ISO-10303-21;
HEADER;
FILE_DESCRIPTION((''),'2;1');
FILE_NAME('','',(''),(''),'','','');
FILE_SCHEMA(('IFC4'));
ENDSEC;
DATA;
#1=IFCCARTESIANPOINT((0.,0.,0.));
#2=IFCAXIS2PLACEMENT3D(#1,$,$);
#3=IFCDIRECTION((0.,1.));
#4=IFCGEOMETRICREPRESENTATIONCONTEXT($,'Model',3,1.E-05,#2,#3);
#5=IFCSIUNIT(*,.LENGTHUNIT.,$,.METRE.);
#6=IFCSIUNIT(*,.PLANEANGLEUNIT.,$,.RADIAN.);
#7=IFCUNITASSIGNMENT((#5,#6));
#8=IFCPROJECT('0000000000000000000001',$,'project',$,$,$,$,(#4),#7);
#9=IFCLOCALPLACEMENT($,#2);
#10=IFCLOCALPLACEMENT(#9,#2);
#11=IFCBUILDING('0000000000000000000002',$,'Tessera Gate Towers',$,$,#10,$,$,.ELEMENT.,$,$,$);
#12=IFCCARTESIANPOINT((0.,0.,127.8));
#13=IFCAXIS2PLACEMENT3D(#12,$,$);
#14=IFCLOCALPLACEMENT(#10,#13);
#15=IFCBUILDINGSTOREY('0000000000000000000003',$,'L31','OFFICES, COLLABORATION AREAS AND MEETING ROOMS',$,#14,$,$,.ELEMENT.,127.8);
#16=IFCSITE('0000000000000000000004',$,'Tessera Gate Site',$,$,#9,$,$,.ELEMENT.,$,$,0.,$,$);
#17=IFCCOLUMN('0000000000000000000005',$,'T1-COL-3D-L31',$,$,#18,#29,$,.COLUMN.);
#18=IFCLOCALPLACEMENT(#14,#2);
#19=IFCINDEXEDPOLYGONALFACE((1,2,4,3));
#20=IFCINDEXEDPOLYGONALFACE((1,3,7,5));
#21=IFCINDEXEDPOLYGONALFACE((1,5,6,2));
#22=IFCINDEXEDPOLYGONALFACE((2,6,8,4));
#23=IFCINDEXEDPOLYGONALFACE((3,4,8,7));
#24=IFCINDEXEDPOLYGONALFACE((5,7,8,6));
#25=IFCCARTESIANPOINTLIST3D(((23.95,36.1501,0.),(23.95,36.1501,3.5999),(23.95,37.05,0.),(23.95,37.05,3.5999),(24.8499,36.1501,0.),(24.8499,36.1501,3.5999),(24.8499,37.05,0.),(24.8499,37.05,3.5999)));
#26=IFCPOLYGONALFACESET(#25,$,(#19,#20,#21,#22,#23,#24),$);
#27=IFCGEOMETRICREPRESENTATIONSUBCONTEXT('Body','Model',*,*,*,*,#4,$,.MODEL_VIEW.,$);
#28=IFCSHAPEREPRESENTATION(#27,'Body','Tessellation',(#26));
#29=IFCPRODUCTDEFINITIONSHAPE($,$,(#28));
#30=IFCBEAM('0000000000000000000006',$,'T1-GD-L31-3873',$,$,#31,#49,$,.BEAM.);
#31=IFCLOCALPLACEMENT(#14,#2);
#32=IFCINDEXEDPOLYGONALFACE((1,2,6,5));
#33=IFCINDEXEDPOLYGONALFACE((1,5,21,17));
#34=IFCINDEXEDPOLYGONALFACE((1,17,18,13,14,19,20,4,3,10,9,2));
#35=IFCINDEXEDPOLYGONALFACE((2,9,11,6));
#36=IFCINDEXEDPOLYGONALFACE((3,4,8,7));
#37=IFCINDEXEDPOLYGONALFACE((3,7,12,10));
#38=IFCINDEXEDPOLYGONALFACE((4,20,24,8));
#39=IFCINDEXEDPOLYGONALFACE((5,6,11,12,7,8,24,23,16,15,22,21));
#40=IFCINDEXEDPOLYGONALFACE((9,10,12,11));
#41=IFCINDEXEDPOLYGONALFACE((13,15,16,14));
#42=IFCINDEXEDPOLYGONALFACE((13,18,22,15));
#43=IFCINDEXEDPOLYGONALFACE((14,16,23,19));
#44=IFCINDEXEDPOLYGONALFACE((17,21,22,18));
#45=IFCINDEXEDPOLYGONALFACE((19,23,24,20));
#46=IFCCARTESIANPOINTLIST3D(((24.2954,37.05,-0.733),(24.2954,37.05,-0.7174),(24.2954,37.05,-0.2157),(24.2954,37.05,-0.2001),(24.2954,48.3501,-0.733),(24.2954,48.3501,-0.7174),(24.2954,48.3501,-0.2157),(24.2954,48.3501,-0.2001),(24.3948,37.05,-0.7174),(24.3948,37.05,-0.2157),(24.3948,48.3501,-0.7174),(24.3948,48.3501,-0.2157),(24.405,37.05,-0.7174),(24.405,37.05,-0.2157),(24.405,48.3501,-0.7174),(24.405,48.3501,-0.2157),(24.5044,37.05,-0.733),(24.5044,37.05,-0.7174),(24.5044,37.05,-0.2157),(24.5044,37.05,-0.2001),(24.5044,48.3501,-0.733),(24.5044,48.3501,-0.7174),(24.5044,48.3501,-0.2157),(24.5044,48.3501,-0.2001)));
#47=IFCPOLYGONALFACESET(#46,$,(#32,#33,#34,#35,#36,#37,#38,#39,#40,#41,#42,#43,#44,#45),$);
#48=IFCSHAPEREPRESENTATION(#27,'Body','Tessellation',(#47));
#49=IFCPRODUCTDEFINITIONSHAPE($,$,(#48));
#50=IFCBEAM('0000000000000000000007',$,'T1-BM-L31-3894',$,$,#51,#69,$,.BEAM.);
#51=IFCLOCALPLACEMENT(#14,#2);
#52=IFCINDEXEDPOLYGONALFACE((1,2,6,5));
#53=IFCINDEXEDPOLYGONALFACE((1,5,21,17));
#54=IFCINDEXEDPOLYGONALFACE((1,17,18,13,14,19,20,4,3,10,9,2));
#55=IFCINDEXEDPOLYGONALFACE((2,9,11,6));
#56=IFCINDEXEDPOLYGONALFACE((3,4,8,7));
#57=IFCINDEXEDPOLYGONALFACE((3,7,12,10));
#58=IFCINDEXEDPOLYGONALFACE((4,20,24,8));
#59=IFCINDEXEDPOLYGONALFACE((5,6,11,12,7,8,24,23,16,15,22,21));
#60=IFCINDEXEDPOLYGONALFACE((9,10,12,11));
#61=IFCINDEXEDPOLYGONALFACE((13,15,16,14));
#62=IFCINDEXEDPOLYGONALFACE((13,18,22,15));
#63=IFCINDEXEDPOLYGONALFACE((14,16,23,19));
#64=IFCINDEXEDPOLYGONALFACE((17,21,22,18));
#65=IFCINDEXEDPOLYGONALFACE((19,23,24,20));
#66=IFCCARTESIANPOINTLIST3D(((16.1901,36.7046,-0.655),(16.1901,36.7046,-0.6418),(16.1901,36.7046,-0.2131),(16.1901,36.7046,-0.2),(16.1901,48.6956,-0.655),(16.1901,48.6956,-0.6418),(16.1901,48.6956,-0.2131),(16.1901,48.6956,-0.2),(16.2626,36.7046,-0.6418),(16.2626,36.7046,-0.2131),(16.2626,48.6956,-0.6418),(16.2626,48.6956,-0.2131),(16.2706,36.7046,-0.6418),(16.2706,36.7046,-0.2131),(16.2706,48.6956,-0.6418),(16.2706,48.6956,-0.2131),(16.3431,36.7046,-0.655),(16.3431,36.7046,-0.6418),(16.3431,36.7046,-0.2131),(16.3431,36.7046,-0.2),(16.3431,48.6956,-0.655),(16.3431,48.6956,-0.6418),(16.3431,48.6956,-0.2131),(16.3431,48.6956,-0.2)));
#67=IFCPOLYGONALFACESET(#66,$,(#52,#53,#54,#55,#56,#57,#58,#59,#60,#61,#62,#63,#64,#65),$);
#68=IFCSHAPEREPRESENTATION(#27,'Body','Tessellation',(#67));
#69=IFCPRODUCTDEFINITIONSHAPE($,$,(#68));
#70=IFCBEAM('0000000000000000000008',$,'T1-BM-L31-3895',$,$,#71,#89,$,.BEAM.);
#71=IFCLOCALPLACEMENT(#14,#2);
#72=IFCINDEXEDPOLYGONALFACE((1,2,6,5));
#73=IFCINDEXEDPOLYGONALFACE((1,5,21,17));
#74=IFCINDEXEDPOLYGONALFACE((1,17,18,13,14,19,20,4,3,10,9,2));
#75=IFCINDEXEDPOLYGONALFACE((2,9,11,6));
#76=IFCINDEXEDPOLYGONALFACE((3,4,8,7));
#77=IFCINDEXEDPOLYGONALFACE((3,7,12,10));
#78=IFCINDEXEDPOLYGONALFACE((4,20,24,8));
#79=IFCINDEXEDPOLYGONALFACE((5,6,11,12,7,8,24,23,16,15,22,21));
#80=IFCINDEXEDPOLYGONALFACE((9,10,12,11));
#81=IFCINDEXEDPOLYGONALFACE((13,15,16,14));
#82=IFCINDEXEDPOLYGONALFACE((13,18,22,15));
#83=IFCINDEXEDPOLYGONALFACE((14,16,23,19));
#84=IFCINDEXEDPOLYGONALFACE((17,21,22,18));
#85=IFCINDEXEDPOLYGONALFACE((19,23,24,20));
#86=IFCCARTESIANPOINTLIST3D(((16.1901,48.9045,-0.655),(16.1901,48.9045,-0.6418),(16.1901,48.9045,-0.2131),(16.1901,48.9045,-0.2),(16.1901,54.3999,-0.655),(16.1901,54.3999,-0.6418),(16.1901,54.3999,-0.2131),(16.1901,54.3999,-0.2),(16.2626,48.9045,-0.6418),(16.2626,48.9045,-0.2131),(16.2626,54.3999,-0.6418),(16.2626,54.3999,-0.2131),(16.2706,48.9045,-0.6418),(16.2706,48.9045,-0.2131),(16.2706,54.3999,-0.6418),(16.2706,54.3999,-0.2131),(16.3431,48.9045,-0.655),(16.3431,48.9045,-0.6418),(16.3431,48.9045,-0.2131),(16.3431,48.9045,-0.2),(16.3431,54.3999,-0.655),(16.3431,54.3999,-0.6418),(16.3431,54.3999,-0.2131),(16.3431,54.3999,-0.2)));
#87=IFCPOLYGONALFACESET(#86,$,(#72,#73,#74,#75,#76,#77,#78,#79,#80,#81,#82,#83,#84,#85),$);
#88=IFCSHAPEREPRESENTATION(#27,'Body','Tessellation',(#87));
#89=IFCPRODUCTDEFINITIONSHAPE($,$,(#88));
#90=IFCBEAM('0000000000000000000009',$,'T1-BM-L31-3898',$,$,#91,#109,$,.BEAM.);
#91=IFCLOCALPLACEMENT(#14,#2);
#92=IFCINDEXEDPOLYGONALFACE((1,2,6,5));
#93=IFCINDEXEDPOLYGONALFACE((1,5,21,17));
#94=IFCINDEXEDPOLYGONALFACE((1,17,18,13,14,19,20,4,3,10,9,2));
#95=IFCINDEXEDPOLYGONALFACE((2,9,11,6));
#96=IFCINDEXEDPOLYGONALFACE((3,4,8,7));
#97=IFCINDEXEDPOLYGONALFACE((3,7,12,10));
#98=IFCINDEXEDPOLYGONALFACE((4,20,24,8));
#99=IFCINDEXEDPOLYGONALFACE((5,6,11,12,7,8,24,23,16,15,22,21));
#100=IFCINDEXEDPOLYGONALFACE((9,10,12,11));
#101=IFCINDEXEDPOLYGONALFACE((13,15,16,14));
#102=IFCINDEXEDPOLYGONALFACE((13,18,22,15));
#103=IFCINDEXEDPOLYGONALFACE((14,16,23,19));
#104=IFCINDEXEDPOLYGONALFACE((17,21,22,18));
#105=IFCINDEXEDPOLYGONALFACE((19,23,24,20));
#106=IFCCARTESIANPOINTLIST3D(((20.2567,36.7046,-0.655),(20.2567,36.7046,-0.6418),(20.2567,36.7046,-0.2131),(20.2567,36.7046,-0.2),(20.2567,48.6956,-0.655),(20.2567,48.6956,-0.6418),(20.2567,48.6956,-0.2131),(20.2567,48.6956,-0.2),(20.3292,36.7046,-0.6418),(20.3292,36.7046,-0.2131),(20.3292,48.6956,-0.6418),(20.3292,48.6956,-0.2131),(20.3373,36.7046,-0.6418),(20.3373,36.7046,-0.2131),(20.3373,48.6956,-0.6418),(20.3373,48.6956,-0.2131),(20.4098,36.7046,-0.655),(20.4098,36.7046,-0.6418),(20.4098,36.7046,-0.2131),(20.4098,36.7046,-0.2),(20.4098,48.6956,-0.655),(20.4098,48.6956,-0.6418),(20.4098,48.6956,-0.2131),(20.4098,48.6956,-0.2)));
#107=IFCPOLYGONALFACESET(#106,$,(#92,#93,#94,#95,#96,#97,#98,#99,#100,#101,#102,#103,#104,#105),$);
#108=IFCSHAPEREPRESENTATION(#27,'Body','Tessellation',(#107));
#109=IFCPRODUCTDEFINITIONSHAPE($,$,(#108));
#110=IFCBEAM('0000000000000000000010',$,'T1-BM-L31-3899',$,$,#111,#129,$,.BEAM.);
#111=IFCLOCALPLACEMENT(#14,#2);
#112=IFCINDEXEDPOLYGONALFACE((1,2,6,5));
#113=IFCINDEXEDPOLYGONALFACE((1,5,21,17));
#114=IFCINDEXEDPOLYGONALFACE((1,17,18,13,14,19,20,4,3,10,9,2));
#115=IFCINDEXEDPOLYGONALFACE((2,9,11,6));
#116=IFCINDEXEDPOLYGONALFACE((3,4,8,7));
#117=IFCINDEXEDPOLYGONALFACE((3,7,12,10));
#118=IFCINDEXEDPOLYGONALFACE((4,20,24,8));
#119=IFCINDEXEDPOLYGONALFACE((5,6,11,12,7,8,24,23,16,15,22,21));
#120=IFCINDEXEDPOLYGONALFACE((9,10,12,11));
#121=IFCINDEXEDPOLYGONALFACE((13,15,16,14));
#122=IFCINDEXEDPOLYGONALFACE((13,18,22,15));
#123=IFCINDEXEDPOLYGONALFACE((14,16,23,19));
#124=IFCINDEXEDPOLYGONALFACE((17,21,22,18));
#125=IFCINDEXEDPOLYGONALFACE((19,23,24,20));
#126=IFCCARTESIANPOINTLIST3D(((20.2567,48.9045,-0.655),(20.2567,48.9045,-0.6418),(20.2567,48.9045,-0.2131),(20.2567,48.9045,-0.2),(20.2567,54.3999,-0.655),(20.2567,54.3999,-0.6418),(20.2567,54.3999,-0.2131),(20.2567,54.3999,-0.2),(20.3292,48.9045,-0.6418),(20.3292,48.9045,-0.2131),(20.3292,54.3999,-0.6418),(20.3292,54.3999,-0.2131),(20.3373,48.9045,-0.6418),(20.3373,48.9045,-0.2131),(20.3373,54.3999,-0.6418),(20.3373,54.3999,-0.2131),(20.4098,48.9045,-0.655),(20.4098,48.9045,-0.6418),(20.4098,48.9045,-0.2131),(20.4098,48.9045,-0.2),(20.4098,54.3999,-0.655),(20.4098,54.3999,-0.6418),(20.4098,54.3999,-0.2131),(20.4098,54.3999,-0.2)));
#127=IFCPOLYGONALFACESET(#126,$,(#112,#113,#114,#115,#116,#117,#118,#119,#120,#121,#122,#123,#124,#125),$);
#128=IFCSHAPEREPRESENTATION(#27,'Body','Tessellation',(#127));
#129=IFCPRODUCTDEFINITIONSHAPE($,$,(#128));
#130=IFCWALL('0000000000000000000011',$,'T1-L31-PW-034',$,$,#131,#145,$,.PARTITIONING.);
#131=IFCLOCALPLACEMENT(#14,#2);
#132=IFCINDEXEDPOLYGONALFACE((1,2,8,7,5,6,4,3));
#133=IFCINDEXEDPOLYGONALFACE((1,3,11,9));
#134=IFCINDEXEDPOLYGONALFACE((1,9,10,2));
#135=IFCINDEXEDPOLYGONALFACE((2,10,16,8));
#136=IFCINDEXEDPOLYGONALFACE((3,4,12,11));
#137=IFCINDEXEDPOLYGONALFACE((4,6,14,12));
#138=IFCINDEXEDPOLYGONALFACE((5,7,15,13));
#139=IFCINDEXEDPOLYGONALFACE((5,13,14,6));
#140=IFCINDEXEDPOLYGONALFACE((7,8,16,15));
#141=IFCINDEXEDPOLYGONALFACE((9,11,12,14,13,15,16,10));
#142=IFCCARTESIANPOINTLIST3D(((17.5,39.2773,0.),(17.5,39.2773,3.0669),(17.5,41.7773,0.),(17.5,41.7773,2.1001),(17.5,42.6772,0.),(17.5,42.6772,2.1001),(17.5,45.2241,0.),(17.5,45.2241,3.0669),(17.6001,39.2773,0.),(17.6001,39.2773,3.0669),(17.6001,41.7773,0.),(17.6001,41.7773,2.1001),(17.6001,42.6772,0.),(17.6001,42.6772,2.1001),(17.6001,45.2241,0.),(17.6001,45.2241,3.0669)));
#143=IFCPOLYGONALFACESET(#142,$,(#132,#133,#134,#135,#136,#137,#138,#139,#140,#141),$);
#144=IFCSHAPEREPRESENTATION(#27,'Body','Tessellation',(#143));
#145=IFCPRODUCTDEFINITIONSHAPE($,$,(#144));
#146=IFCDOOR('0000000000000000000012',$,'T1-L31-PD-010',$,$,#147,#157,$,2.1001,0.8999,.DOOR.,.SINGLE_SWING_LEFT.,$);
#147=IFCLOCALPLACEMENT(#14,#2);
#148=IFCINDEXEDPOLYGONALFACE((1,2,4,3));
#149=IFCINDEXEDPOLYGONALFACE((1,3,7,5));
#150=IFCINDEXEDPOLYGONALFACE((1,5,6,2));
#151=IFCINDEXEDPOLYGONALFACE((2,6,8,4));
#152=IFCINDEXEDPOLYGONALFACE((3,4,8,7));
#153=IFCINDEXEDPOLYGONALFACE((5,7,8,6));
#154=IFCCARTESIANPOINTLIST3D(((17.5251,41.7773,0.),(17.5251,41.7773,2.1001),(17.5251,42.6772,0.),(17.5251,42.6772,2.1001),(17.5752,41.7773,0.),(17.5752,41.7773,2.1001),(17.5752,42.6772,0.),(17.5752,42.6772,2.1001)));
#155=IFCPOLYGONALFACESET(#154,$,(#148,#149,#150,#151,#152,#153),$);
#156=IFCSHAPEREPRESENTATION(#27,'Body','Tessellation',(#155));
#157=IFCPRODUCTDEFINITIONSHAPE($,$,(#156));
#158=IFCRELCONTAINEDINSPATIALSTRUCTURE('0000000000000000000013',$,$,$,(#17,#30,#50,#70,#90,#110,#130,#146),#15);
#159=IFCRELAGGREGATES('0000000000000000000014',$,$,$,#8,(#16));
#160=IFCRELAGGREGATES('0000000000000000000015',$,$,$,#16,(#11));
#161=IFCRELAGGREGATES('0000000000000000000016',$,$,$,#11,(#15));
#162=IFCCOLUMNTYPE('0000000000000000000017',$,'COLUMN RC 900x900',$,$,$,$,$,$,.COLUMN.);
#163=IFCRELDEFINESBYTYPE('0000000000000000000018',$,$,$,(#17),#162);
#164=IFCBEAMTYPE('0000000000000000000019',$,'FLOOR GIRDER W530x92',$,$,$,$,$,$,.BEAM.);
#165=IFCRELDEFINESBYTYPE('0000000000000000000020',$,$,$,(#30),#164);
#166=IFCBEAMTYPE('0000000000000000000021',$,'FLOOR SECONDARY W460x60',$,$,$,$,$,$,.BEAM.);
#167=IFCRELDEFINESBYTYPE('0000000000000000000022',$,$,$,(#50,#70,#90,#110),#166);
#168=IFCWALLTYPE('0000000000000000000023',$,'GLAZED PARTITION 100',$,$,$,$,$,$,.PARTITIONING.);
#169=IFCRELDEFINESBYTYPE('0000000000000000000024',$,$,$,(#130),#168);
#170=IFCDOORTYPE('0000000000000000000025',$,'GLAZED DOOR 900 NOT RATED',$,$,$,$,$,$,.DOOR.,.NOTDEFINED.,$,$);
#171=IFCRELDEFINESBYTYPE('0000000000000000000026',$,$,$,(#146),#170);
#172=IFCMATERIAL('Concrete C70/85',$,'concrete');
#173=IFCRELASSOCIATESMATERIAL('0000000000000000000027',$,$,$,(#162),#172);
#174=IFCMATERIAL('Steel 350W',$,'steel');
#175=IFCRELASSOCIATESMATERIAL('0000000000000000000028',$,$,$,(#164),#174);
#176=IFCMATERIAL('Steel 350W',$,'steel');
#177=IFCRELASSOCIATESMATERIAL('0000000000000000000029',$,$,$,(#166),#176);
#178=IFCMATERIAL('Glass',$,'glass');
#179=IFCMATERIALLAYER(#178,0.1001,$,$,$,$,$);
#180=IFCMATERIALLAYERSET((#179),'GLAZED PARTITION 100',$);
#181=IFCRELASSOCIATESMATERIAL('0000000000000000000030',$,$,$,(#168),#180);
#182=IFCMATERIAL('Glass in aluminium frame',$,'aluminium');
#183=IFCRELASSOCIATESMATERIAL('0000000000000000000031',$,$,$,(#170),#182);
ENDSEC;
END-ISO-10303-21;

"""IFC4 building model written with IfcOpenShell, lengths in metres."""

from ifc_helpers import new_model, si_unit, direction, frame, frame_2d, origin, origin_2d, place, context, subcontext, project, spatial, rectangle, i_section, extrude, source, transform, mapped, material, layer, layer_set, material_profile, profile_set, type_object, element, fill, save


model = new_model("IFC4")

# Units and contexts
model_context = context("Model", 3, precision=1e-05, world=origin(), true_north=direction((0.0, 1.0)))
body_context = subcontext(model_context, "Body", "Model", "MODEL_VIEW")
ifc_project = project(units=[si_unit("LENGTHUNIT", "METRE"), si_unit("PLANEANGLEUNIT", "RADIAN")], contexts=[model_context])

# Site, building, storey
site_placement = place(None, origin())
site = spatial("IfcSite", under=ifc_project, at=site_placement, Name="Tessera Gate Site", CompositionType="ELEMENT", RefElevation=0.0)
building_placement = place(site_placement, origin())
building = spatial("IfcBuilding", under=site, at=building_placement, Name="Tessera Gate Towers", CompositionType="ELEMENT")
storey_placement = place(building_placement, frame((0.0, 0.0, 127.8)))
storey = spatial("IfcBuildingStorey", under=building, at=storey_placement, Name="L31", Description="OFFICES, COLLABORATION AREAS AND MEETING ROOMS", CompositionType="ELEMENT", Elevation=127.8)

# Column
ifc_material_1 = material(Name="Concrete C70/85", Category="concrete")
ifc_material_profile_1 = material_profile(ifc_material_1, rectangle(XDim=0.8999, YDim=0.8999, at=origin_2d()), Name="RC 900x900")
ifc_profile_set_1 = profile_set([ifc_material_profile_1], Name="Concrete C70/85")
column_type = type_object("IfcColumnType", Name="COLUMN RC 900x900", PredefinedType="COLUMN", material=ifc_profile_set_1)
column_placement = place(storey_placement, frame((24.3999, 36.6001, 0.0), z_axis=(0.0, 0.0, 1.0), x_axis=(1.0, 0.0, 0.0)))
element("IfcColumn", 1, at=column_placement, inside=storey, type_object=column_type, Name="T1-COL-3D-L31", PredefinedType="COLUMN", context=body_context, shape_type="SweptSolid", body=[
    extrude(rectangle(XDim=0.8999, YDim=0.8999, at=origin_2d()), origin(), (0.0, 0.0, 1.0), 3.5999),
])

# Beams
ifc_material_2 = material(Name="Steel 350W", Category="steel")
ifc_material_profile_2 = material_profile(ifc_material_2, i_section(OverallWidth=0.209, OverallDepth=0.533, WebThickness=0.0103, FlangeThickness=0.0156, at=origin_2d()), Name="W530x92")
ifc_profile_set_2 = profile_set([ifc_material_profile_2], Name="Steel 350W")
beam_type_1 = type_object("IfcBeamType", Name="FLOOR GIRDER W530x92", PredefinedType="BEAM", material=ifc_profile_set_2)
beam_1_placement = place(storey_placement, frame((24.3999, 37.05, -0.4666), z_axis=(0.0, 1.0, 0.0), x_axis=(-1.0, 0.0, 0.0)))
element("IfcBeam", 2, at=beam_1_placement, inside=storey, type_object=beam_type_1, Name="T1-GD-L31-3873", PredefinedType="BEAM", context=body_context, shape_type="SweptSolid", body=[
    extrude(i_section(OverallWidth=0.209, OverallDepth=0.533, WebThickness=0.0103, FlangeThickness=0.0156, at=origin_2d()), origin(), (0.0, 0.0, 1.0), 11.3),
])
ifc_material_3 = material(Name="Steel 350W", Category="steel")
ifc_material_profile_3 = material_profile(ifc_material_3, i_section(OverallWidth=0.1531, OverallDepth=0.4551, WebThickness=0.0081, FlangeThickness=0.0132, at=origin_2d()), Name="W460x60")
ifc_profile_set_3 = profile_set([ifc_material_profile_3], Name="Steel 350W")
beam_type_2 = type_object("IfcBeamType", Name="FLOOR SECONDARY W460x60", PredefinedType="BEAM", material=ifc_profile_set_3)
beam_2_placement = place(storey_placement, frame((16.2666, 36.7046, -0.4275), z_axis=(0.0, 1.0, 0.0), x_axis=(-1.0, 0.0, 0.0)))
element("IfcBeam", 3, at=beam_2_placement, inside=storey, type_object=beam_type_2, Name="T1-BM-L31-3894", PredefinedType="BEAM", context=body_context, shape_type="SweptSolid", body=[
    extrude(i_section(OverallWidth=0.1531, OverallDepth=0.4551, WebThickness=0.0081, FlangeThickness=0.0132, at=origin_2d()), origin(), (0.0, 0.0, 1.0), 11.991),
])
beam_3_placement = place(storey_placement, frame((16.2666, 48.9045, -0.4275), z_axis=(0.0, 1.0, 0.0), x_axis=(-1.0, 0.0, 0.0)))
element("IfcBeam", 4, at=beam_3_placement, inside=storey, type_object=beam_type_2, Name="T1-BM-L31-3895", PredefinedType="BEAM", context=body_context, shape_type="SweptSolid", body=[
    extrude(i_section(OverallWidth=0.1531, OverallDepth=0.4551, WebThickness=0.0081, FlangeThickness=0.0132, at=origin_2d()), origin(), (0.0, 0.0, 1.0), 5.4954),
])
beam_4_placement = place(storey_placement, frame((20.3333, 36.7046, -0.4275), z_axis=(0.0, 1.0, 0.0), x_axis=(-1.0, 0.0, 0.0)))
element("IfcBeam", 5, at=beam_4_placement, inside=storey, type_object=beam_type_2, Name="T1-BM-L31-3898", PredefinedType="BEAM", context=body_context, shape_type="SweptSolid", body=[
    extrude(i_section(OverallWidth=0.1531, OverallDepth=0.4551, WebThickness=0.0081, FlangeThickness=0.0132, at=origin_2d()), origin(), (0.0, 0.0, 1.0), 11.991),
])
beam_5_placement = place(storey_placement, frame((20.3333, 48.9045, -0.4275), z_axis=(0.0, 1.0, 0.0), x_axis=(-1.0, 0.0, 0.0)))
element("IfcBeam", 6, at=beam_5_placement, inside=storey, type_object=beam_type_2, Name="T1-BM-L31-3899", PredefinedType="BEAM", context=body_context, shape_type="SweptSolid", body=[
    extrude(i_section(OverallWidth=0.1531, OverallDepth=0.4551, WebThickness=0.0081, FlangeThickness=0.0132, at=origin_2d()), origin(), (0.0, 0.0, 1.0), 5.4954),
])

# Wall, opening, door
ifc_material_4 = material(Name="Glass", Category="glass")
ifc_layer_1 = layer(ifc_material_4, 0.1001)
ifc_layer_set_1 = layer_set([ifc_layer_1], Name="GLAZED PARTITION 100")
wall_type_1 = type_object("IfcWallType", Name="GLAZED PARTITION 100", PredefinedType="PARTITIONING", material=ifc_layer_set_1)
wall_1_placement = place(storey_placement, frame((17.55, 39.2773, 0.0), z_axis=(0.0, 0.0, 1.0), x_axis=(0.0, 1.0, 0.0)))
wall_1 = element("IfcWall", 7, at=wall_1_placement, inside=storey, type_object=wall_type_1, Name="T1-L31-PW-034", PredefinedType="PARTITIONING", context=body_context, shape_type="SweptSolid", body=[
    extrude(rectangle(XDim=5.9468, YDim=0.1001, at=frame_2d((2.9734, 0.0))), origin(), (0.0, 0.0, 1.0), 3.0669),
])
shared_shape_1 = source(origin(), body_context, "Body", "SweptSolid", [
    extrude(rectangle(XDim=0.8999, YDim=2.1001, at=frame_2d((0.45, 1.05))), frame((0.0, 0.0601, 0.0), z_axis=(0.0, -1.0, 0.0), x_axis=(1.0, 0.0, 0.0)), (0.0, 0.0, 1.0), 0.1201),
])
opening_1_placement = place(wall_1_placement, frame((2.5, 0.0, 0.0)))
opening_1 = element("IfcOpeningElement", 8, at=opening_1_placement, cuts=wall_1, PredefinedType="OPENING", context=body_context, shape_type="MappedRepresentation", body=[
    mapped(shared_shape_1, transform((0.0, 0.0, 0.0), scale=1.0)),
])
ifc_material_5 = material(Name="Glass in aluminium frame", Category="aluminium")
door_type_1 = type_object("IfcDoorType", Name="GLAZED DOOR 900 NOT RATED", OperationType="NOTDEFINED", PredefinedType="DOOR", material=ifc_material_5)
shared_shape_2 = source(origin(), body_context, "Body", "SweptSolid", [
    extrude(rectangle(XDim=0.8999, YDim=2.1001, at=frame_2d((0.45, 1.05))), frame((0.0, 0.0249, 0.0), z_axis=(0.0, -1.0, 0.0), x_axis=(1.0, 0.0, 0.0)), (0.0, 0.0, 1.0), 0.05),
])
door_1_placement = place(opening_1_placement, origin())
door_1 = element("IfcDoor", 9, at=door_1_placement, inside=storey, type_object=door_type_1, Name="T1-L31-PD-010", OperationType="SINGLE_SWING_LEFT", OverallHeight=2.1001, OverallWidth=0.8999, PredefinedType="DOOR", context=body_context, shape_type="MappedRepresentation", body=[
    mapped(shared_shape_2, transform((0.0, 0.0, 0.0), scale=1.0)),
])
fill(opening_1, door_1)

save(model, "model.ifc")
